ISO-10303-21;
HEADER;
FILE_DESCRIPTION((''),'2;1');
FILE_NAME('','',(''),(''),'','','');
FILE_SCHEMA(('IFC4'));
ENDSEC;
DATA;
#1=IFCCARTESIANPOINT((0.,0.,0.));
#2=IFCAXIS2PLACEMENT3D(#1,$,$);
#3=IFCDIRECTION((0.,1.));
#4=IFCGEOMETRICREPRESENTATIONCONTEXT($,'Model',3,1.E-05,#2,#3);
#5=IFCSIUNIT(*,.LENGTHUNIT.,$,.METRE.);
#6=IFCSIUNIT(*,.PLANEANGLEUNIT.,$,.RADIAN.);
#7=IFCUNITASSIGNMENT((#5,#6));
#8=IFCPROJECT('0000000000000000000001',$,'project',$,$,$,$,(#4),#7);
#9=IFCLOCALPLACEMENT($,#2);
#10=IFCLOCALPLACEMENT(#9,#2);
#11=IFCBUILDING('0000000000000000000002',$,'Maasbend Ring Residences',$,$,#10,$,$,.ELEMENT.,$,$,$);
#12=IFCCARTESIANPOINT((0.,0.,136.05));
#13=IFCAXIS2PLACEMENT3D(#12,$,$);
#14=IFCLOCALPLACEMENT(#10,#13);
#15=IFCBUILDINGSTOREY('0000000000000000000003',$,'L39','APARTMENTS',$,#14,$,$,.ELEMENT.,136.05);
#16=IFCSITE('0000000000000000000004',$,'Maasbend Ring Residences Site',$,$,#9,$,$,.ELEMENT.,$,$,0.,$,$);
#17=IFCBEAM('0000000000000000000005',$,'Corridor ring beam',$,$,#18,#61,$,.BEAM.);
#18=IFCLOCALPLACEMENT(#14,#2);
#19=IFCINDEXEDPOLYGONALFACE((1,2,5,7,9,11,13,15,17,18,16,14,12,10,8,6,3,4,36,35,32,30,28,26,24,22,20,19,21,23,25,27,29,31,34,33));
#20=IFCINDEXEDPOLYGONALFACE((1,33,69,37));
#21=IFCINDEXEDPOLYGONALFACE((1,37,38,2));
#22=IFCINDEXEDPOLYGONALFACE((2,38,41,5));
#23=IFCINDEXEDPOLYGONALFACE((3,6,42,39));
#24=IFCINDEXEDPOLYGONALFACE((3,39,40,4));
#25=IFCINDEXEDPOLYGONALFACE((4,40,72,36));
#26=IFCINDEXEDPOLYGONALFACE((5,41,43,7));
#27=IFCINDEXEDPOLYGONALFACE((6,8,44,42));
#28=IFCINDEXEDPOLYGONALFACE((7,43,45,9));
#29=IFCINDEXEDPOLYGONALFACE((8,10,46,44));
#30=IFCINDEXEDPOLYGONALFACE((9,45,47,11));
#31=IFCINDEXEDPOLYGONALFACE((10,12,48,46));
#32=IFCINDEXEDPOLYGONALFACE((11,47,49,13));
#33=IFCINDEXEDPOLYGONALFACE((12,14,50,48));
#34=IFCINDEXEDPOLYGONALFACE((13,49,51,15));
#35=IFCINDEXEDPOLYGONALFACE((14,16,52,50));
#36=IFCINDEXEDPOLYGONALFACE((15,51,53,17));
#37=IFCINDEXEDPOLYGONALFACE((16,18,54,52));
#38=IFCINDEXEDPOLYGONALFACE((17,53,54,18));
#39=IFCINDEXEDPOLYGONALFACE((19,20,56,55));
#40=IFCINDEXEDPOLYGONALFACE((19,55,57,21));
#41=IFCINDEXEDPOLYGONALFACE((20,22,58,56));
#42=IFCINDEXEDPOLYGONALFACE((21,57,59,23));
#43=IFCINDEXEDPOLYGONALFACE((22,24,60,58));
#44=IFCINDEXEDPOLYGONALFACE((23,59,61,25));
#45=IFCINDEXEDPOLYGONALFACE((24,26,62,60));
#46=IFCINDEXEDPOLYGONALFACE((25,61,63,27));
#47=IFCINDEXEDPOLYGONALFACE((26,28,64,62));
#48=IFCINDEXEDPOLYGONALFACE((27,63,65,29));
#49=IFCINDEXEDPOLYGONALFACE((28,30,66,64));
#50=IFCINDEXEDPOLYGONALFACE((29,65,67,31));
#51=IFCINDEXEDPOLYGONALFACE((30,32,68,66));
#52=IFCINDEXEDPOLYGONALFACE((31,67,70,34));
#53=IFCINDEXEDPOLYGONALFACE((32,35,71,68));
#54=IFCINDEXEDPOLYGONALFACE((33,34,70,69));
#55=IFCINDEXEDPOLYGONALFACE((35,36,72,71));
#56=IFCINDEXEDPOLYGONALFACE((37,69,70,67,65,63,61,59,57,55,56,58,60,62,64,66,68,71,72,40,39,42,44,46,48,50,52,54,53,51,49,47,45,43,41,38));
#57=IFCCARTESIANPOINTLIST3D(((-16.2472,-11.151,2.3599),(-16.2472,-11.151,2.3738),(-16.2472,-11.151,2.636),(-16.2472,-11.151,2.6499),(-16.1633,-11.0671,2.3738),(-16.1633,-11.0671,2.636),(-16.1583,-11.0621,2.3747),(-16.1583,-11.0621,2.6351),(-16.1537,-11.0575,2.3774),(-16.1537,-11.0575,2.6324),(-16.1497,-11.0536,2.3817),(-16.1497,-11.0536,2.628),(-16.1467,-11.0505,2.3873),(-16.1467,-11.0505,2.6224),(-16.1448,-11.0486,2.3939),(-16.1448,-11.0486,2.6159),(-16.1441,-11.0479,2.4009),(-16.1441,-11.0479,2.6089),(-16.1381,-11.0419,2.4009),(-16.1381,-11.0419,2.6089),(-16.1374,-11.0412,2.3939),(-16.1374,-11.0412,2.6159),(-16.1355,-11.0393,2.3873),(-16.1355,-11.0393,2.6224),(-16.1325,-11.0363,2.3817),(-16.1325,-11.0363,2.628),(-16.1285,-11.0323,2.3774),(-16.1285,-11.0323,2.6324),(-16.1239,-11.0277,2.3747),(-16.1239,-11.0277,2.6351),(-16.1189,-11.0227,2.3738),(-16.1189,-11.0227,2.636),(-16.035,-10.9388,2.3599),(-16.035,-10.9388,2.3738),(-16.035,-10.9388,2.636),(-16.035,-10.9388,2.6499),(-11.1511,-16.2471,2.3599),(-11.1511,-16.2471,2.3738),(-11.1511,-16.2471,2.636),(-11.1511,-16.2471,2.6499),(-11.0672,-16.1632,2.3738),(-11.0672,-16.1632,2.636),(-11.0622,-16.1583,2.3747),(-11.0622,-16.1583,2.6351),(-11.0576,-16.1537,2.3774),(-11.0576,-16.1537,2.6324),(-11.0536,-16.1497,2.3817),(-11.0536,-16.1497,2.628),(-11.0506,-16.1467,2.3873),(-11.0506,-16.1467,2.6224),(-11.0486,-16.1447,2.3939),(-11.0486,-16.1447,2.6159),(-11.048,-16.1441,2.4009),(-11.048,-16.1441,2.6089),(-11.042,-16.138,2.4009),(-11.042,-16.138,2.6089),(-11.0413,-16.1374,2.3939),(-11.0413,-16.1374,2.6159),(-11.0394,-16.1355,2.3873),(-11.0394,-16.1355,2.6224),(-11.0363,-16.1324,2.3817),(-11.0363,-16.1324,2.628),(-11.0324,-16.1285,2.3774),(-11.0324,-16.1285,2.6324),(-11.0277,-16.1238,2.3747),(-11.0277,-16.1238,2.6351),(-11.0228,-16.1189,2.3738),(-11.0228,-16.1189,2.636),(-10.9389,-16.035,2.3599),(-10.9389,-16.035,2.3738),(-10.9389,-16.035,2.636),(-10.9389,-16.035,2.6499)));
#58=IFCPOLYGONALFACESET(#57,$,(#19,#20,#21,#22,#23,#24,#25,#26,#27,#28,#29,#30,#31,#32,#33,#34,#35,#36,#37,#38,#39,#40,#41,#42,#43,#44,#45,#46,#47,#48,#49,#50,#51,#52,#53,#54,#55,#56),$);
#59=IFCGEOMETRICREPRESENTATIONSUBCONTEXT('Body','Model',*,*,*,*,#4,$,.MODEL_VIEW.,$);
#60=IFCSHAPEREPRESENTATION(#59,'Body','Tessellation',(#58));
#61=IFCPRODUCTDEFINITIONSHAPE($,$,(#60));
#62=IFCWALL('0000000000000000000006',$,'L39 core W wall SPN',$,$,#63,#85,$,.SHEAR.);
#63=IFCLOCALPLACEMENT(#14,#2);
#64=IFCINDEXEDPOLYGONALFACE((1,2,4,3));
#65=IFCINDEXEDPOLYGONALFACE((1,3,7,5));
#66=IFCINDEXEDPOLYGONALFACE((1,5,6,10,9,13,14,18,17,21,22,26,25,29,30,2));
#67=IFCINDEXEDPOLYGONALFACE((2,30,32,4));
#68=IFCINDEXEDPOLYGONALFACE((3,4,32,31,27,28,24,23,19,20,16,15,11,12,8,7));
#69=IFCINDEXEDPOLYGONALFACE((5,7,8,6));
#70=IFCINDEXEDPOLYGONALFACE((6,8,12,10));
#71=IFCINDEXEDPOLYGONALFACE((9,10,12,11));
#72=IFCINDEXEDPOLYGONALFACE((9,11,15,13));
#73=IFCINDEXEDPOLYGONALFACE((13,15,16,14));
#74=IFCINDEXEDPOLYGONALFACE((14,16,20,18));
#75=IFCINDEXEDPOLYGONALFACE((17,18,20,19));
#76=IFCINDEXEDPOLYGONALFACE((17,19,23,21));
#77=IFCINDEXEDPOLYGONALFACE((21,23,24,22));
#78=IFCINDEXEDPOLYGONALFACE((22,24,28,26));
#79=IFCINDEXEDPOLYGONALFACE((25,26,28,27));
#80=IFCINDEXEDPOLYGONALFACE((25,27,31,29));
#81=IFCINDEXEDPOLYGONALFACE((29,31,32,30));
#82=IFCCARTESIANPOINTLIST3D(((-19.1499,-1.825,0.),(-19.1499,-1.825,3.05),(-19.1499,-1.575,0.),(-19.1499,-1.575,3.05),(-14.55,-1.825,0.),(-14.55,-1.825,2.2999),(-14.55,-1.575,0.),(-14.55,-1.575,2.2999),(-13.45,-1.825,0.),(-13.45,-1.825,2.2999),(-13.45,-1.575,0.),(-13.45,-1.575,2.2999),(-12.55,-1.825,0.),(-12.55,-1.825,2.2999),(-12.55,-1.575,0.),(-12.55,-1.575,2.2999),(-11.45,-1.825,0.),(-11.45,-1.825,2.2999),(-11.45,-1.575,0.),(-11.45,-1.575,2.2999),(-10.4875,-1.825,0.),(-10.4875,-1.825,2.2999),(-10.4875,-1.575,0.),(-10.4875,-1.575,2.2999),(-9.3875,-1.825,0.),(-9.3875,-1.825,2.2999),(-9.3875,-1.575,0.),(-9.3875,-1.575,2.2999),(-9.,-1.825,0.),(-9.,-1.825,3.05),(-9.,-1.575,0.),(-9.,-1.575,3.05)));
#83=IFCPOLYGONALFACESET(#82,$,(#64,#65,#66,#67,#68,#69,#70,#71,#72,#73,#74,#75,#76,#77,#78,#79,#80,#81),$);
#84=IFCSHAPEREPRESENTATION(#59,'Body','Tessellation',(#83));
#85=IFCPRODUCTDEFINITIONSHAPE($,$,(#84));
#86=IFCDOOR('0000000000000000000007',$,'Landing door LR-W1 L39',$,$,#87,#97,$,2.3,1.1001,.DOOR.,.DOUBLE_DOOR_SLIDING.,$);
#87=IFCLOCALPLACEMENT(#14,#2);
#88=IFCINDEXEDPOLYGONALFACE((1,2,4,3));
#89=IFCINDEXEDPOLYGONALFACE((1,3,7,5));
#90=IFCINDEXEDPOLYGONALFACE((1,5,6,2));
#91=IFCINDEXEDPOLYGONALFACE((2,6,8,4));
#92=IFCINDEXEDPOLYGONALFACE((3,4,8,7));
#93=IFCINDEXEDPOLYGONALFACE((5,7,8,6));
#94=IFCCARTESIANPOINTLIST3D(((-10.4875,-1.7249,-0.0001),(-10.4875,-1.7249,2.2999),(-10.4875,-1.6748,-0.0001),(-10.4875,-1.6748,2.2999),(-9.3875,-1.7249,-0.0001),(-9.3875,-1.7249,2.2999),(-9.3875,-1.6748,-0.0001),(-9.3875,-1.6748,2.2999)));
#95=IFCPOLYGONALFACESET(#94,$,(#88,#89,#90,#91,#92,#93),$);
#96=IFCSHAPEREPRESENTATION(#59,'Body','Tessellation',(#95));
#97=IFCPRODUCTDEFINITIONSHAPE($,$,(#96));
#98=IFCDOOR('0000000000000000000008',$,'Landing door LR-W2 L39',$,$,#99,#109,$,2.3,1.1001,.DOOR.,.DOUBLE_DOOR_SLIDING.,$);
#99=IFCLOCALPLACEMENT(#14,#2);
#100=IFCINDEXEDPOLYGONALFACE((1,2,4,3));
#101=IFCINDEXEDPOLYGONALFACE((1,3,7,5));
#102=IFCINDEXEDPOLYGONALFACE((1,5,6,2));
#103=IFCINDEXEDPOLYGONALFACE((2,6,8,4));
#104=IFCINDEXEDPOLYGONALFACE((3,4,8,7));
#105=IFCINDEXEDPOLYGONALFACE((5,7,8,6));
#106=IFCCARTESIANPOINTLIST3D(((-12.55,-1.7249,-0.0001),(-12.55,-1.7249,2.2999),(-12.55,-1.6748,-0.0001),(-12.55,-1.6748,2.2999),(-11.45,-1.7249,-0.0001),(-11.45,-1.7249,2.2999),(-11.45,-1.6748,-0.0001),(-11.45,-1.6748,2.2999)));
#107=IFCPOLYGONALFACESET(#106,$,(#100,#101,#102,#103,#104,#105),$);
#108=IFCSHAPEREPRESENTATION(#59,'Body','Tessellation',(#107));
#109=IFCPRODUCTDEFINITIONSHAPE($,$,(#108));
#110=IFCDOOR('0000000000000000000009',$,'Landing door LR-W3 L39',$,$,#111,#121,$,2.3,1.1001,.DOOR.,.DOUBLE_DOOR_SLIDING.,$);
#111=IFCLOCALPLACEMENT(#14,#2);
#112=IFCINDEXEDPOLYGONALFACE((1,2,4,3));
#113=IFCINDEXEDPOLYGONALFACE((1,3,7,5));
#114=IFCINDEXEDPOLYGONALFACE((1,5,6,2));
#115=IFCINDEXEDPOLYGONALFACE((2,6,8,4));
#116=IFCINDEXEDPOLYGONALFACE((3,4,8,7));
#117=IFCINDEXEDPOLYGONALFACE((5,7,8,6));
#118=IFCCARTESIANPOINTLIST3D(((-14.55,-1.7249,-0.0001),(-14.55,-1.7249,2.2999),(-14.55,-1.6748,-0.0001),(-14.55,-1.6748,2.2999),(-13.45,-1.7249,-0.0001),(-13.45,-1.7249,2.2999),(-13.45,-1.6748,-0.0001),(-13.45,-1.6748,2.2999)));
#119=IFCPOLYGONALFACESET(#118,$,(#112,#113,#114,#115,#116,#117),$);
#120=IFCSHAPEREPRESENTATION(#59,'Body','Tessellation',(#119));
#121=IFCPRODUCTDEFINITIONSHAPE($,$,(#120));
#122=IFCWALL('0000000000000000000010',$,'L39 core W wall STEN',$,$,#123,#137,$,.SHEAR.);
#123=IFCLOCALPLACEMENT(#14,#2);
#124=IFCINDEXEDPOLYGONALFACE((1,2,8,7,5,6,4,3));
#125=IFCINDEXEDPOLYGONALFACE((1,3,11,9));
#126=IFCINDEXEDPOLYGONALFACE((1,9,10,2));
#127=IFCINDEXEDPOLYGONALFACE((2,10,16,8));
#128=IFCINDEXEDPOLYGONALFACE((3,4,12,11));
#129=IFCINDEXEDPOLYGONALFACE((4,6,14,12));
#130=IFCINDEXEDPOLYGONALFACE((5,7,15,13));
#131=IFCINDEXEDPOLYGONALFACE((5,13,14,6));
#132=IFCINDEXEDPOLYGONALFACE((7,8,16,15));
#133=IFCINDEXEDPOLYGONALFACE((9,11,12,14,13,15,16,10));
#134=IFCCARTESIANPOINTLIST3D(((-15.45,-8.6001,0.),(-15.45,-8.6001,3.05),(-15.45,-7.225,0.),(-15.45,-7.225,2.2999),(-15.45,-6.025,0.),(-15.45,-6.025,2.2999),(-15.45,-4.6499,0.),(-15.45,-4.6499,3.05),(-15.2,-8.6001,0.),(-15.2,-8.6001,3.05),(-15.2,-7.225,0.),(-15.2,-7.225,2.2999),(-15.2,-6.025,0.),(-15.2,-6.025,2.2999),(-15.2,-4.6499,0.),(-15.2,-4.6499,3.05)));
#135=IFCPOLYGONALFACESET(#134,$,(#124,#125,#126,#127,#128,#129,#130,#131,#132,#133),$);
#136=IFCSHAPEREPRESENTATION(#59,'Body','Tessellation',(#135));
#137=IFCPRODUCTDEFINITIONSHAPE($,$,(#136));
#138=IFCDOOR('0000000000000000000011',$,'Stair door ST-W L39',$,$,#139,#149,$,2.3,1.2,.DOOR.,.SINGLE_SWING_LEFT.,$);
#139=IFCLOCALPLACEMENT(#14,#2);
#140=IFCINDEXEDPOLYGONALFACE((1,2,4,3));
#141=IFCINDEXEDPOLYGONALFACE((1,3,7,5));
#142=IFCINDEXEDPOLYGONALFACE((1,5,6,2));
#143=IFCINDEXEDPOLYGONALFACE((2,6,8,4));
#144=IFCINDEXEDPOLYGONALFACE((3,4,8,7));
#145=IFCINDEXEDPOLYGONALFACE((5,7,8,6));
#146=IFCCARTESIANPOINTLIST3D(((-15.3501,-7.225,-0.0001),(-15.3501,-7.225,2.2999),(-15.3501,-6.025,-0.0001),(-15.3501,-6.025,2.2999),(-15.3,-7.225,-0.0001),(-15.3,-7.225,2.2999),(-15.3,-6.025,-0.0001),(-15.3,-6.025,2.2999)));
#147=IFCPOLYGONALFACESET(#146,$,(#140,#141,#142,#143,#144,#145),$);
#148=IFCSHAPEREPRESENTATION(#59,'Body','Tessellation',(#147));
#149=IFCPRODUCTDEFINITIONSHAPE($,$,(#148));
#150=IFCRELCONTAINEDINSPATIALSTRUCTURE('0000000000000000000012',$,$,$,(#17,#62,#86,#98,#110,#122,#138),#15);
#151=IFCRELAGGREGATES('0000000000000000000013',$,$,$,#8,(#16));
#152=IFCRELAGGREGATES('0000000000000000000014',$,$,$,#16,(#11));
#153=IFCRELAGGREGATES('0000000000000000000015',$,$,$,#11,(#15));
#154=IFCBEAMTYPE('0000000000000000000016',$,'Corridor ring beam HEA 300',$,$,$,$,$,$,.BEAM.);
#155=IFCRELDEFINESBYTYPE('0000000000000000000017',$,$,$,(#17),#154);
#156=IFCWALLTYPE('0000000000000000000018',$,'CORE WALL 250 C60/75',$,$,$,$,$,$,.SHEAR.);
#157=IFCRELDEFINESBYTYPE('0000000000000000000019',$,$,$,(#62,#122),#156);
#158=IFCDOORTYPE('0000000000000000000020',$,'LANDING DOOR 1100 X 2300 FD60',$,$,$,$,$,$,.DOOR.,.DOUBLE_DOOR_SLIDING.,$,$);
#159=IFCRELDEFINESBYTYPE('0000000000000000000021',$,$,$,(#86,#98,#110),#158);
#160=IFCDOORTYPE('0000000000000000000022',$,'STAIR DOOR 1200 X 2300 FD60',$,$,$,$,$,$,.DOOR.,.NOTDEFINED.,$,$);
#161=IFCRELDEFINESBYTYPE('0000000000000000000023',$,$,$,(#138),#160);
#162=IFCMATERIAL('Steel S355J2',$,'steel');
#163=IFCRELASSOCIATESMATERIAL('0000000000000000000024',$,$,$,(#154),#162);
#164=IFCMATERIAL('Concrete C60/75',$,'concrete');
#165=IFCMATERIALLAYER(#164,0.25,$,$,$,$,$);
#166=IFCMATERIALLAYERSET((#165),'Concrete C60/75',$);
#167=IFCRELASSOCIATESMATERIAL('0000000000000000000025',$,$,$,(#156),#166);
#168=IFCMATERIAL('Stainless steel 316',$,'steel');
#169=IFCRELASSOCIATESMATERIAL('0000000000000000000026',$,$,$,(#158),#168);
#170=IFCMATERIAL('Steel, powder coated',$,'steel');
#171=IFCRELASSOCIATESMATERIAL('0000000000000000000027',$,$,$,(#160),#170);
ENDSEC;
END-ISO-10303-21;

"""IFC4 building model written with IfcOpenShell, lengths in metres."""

from ifc_helpers import new_model, si_unit, direction, frame, frame_2d, origin, origin_2d, place, context, subcontext, project, spatial, rectangle, i_section, extrude, material, layer, layer_set, material_profile, profile_set, type_object, element, fill, save


model = new_model("IFC4")

# Units and contexts
model_context = context("Model", 3, precision=1e-05, world=origin(), true_north=direction((0.0, 1.0)))
body_context = subcontext(model_context, "Body", "Model", "MODEL_VIEW")
ifc_project = project(units=[si_unit("LENGTHUNIT", "METRE"), si_unit("PLANEANGLEUNIT", "RADIAN")], contexts=[model_context])

# Site, building, storey
site_placement = place(None, origin())
site = spatial("IfcSite", under=ifc_project, at=site_placement, Name="Maasbend Ring Residences Site", CompositionType="ELEMENT", RefElevation=0.0)
building_placement = place(site_placement, origin())
building = spatial("IfcBuilding", under=site, at=building_placement, Name="Maasbend Ring Residences", CompositionType="ELEMENT")
storey_placement = place(building_placement, frame((0.0, 0.0, 136.05)))
storey = spatial("IfcBuildingStorey", under=building, at=storey_placement, Name="L39", Description="APARTMENTS", CompositionType="ELEMENT", Elevation=136.05)

# Beam
ifc_material_1 = material(Name="Steel S355J2", Category="steel")
ifc_material_profile = material_profile(ifc_material_1, i_section(OverallWidth=0.3, OverallDepth=0.29, WebThickness=0.0085, FlangeThickness=0.0139, FilletRadius=0.0271, at=origin_2d()), Name="HEA 300")
ifc_profile_set = profile_set([ifc_material_profile], Name="Steel S355J2")
beam_type = type_object("IfcBeamType", Name="Corridor ring beam HEA 300", PredefinedType="BEAM", material=ifc_profile_set)
beam_placement = place(storey_placement, frame((-16.1411, -11.0449, 2.5049), z_axis=(0.707107, -0.707107, 0.0), x_axis=(0.707107, 0.707107, 0.0)))
element("IfcBeam", 1, at=beam_placement, inside=storey, type_object=beam_type, Name="Corridor ring beam", PredefinedType="BEAM", context=body_context, shape_type="SweptSolid", body=[
    extrude(i_section(OverallWidth=0.3, OverallDepth=0.29, WebThickness=0.0085, FlangeThickness=0.0139, FilletRadius=0.0271, at=origin_2d()), origin(), (0.0, 0.0, 1.0), 7.207),
])

# Wall, openings, doors
ifc_material_2 = material(Name="Concrete C60/75", Category="concrete")
ifc_layer_1 = layer(ifc_material_2, 0.25)
ifc_layer_set_1 = layer_set([ifc_layer_1], Name="Concrete C60/75")
wall_type_1 = type_object("IfcWallType", Name="CORE WALL 250 C60/75", PredefinedType="SHEAR", material=ifc_layer_set_1)
wall_1_placement = place(storey_placement, frame((-9.0, -1.7, 0.0), z_axis=(0.0, 0.0, 1.0), x_axis=(-1.0, 0.0, 0.0)))
wall_1 = element("IfcWall", 2, at=wall_1_placement, inside=storey, type_object=wall_type_1, Name="L39 core W wall SPN", PredefinedType="SHEAR", context=body_context, shape_type="SweptSolid", body=[
    extrude(rectangle(XDim=10.1499, YDim=0.25, at=frame_2d((5.075, 0.0))), origin(), (0.0, 0.0, 1.0), 3.05),
])
opening_1_placement = place(wall_1_placement, frame((0.3875, 0.0, 0.0)))
opening_1 = element("IfcOpeningElement", 3, at=opening_1_placement, cuts=wall_1, PredefinedType="OPENING", context=body_context, shape_type="SweptSolid", body=[
    extrude(rectangle(XDim=1.1001, YDim=2.3, at=frame_2d((0.55, 1.1499))), frame((0.0, 0.135, 0.0), z_axis=(0.0, -1.0, 0.0), x_axis=(1.0, 0.0, 0.0)), (0.0, 0.0, 1.0), 0.27),
])
opening_2_placement = place(wall_1_placement, frame((2.45, 0.0, 0.0)))
opening_2 = element("IfcOpeningElement", 4, at=opening_2_placement, cuts=wall_1, PredefinedType="OPENING", context=body_context, shape_type="SweptSolid", body=[
    extrude(rectangle(XDim=1.1001, YDim=2.3, at=frame_2d((0.55, 1.1499))), frame((0.0, 0.135, 0.0), z_axis=(0.0, -1.0, 0.0), x_axis=(1.0, 0.0, 0.0)), (0.0, 0.0, 1.0), 0.27),
])
opening_3_placement = place(wall_1_placement, frame((4.45, 0.0, 0.0)))
opening_3 = element("IfcOpeningElement", 5, at=opening_3_placement, cuts=wall_1, PredefinedType="OPENING", context=body_context, shape_type="SweptSolid", body=[
    extrude(rectangle(XDim=1.1001, YDim=2.3, at=frame_2d((0.55, 1.1499))), frame((0.0, 0.135, 0.0), z_axis=(0.0, -1.0, 0.0), x_axis=(1.0, 0.0, 0.0)), (0.0, 0.0, 1.0), 0.27),
])
ifc_material_3 = material(Name="Stainless steel 316", Category="steel")
door_type_1 = type_object("IfcDoorType", Name="LANDING DOOR 1100 X 2300 FD60", OperationType="DOUBLE_DOOR_SLIDING", PredefinedType="DOOR", material=ifc_material_3)
door_1_placement = place(opening_1_placement, origin())
door_1 = element("IfcDoor", 6, at=door_1_placement, inside=storey, type_object=door_type_1, Name="Landing door LR-W1 L39", OperationType="DOUBLE_DOOR_SLIDING", OverallHeight=2.3, OverallWidth=1.1001, PredefinedType="DOOR", context=body_context, shape_type="SweptSolid", body=[
    extrude(rectangle(XDim=1.1001, YDim=2.3, at=frame_2d((0.55, 1.1499))), frame((0.0, 0.0249, 0.0), z_axis=(0.0, -1.0, 0.0), x_axis=(1.0, 0.0, 0.0)), (0.0, 0.0, 1.0), 0.05),
])
fill(opening_1, door_1)
door_2_placement = place(opening_2_placement, origin())
door_2 = element("IfcDoor", 7, at=door_2_placement, inside=storey, type_object=door_type_1, Name="Landing door LR-W2 L39", OperationType="DOUBLE_DOOR_SLIDING", OverallHeight=2.3, OverallWidth=1.1001, PredefinedType="DOOR", context=body_context, shape_type="SweptSolid", body=[
    extrude(rectangle(XDim=1.1001, YDim=2.3, at=frame_2d((0.55, 1.1499))), frame((0.0, 0.0249, 0.0), z_axis=(0.0, -1.0, 0.0), x_axis=(1.0, 0.0, 0.0)), (0.0, 0.0, 1.0), 0.05),
])
fill(opening_2, door_2)
door_3_placement = place(opening_3_placement, origin())
door_3 = element("IfcDoor", 8, at=door_3_placement, inside=storey, type_object=door_type_1, Name="Landing door LR-W3 L39", OperationType="DOUBLE_DOOR_SLIDING", OverallHeight=2.3, OverallWidth=1.1001, PredefinedType="DOOR", context=body_context, shape_type="SweptSolid", body=[
    extrude(rectangle(XDim=1.1001, YDim=2.3, at=frame_2d((0.55, 1.1499))), frame((0.0, 0.0249, 0.0), z_axis=(0.0, -1.0, 0.0), x_axis=(1.0, 0.0, 0.0)), (0.0, 0.0, 1.0), 0.05),
])
fill(opening_3, door_3)

# Wall, opening, door
wall_2_placement = place(storey_placement, frame((-15.325, -4.6499, 0.0), z_axis=(0.0, 0.0, 1.0), x_axis=(0.0, -1.0, 0.0)))
wall_2 = element("IfcWall", 9, at=wall_2_placement, inside=storey, type_object=wall_type_1, Name="L39 core W wall STEN", PredefinedType="SHEAR", context=body_context, shape_type="SweptSolid", body=[
    extrude(rectangle(XDim=3.9502, YDim=0.25, at=frame_2d((1.9751, 0.0))), origin(), (0.0, 0.0, 1.0), 3.05),
])
opening_4_placement = place(wall_2_placement, frame((1.375, 0.0, 0.0)))
opening_4 = element("IfcOpeningElement", 10, at=opening_4_placement, cuts=wall_2, PredefinedType="OPENING", context=body_context, shape_type="SweptSolid", body=[
    extrude(rectangle(XDim=1.2, YDim=2.3, at=frame_2d((0.6001, 1.1499))), frame((0.0, 0.135, 0.0), z_axis=(0.0, -1.0, 0.0), x_axis=(1.0, 0.0, 0.0)), (0.0, 0.0, 1.0), 0.27),
])
ifc_material_4 = material(Name="Steel, powder coated", Category="steel")
door_type_2 = type_object("IfcDoorType", Name="STAIR DOOR 1200 X 2300 FD60", OperationType="NOTDEFINED", PredefinedType="DOOR", material=ifc_material_4)
door_4_placement = place(opening_4_placement, origin())
door_4 = element("IfcDoor", 11, at=door_4_placement, inside=storey, type_object=door_type_2, Name="Stair door ST-W L39", OperationType="SINGLE_SWING_LEFT", OverallHeight=2.3, OverallWidth=1.2, PredefinedType="DOOR", context=body_context, shape_type="SweptSolid", body=[
    extrude(rectangle(XDim=1.2, YDim=2.3, at=frame_2d((0.6001, 1.1499))), frame((0.0, 0.0249, 0.0), z_axis=(0.0, -1.0, 0.0), x_axis=(1.0, 0.0, 0.0)), (0.0, 0.0, 1.0), 0.05),
])
fill(opening_4, door_4)

save(model, "model.ifc")
